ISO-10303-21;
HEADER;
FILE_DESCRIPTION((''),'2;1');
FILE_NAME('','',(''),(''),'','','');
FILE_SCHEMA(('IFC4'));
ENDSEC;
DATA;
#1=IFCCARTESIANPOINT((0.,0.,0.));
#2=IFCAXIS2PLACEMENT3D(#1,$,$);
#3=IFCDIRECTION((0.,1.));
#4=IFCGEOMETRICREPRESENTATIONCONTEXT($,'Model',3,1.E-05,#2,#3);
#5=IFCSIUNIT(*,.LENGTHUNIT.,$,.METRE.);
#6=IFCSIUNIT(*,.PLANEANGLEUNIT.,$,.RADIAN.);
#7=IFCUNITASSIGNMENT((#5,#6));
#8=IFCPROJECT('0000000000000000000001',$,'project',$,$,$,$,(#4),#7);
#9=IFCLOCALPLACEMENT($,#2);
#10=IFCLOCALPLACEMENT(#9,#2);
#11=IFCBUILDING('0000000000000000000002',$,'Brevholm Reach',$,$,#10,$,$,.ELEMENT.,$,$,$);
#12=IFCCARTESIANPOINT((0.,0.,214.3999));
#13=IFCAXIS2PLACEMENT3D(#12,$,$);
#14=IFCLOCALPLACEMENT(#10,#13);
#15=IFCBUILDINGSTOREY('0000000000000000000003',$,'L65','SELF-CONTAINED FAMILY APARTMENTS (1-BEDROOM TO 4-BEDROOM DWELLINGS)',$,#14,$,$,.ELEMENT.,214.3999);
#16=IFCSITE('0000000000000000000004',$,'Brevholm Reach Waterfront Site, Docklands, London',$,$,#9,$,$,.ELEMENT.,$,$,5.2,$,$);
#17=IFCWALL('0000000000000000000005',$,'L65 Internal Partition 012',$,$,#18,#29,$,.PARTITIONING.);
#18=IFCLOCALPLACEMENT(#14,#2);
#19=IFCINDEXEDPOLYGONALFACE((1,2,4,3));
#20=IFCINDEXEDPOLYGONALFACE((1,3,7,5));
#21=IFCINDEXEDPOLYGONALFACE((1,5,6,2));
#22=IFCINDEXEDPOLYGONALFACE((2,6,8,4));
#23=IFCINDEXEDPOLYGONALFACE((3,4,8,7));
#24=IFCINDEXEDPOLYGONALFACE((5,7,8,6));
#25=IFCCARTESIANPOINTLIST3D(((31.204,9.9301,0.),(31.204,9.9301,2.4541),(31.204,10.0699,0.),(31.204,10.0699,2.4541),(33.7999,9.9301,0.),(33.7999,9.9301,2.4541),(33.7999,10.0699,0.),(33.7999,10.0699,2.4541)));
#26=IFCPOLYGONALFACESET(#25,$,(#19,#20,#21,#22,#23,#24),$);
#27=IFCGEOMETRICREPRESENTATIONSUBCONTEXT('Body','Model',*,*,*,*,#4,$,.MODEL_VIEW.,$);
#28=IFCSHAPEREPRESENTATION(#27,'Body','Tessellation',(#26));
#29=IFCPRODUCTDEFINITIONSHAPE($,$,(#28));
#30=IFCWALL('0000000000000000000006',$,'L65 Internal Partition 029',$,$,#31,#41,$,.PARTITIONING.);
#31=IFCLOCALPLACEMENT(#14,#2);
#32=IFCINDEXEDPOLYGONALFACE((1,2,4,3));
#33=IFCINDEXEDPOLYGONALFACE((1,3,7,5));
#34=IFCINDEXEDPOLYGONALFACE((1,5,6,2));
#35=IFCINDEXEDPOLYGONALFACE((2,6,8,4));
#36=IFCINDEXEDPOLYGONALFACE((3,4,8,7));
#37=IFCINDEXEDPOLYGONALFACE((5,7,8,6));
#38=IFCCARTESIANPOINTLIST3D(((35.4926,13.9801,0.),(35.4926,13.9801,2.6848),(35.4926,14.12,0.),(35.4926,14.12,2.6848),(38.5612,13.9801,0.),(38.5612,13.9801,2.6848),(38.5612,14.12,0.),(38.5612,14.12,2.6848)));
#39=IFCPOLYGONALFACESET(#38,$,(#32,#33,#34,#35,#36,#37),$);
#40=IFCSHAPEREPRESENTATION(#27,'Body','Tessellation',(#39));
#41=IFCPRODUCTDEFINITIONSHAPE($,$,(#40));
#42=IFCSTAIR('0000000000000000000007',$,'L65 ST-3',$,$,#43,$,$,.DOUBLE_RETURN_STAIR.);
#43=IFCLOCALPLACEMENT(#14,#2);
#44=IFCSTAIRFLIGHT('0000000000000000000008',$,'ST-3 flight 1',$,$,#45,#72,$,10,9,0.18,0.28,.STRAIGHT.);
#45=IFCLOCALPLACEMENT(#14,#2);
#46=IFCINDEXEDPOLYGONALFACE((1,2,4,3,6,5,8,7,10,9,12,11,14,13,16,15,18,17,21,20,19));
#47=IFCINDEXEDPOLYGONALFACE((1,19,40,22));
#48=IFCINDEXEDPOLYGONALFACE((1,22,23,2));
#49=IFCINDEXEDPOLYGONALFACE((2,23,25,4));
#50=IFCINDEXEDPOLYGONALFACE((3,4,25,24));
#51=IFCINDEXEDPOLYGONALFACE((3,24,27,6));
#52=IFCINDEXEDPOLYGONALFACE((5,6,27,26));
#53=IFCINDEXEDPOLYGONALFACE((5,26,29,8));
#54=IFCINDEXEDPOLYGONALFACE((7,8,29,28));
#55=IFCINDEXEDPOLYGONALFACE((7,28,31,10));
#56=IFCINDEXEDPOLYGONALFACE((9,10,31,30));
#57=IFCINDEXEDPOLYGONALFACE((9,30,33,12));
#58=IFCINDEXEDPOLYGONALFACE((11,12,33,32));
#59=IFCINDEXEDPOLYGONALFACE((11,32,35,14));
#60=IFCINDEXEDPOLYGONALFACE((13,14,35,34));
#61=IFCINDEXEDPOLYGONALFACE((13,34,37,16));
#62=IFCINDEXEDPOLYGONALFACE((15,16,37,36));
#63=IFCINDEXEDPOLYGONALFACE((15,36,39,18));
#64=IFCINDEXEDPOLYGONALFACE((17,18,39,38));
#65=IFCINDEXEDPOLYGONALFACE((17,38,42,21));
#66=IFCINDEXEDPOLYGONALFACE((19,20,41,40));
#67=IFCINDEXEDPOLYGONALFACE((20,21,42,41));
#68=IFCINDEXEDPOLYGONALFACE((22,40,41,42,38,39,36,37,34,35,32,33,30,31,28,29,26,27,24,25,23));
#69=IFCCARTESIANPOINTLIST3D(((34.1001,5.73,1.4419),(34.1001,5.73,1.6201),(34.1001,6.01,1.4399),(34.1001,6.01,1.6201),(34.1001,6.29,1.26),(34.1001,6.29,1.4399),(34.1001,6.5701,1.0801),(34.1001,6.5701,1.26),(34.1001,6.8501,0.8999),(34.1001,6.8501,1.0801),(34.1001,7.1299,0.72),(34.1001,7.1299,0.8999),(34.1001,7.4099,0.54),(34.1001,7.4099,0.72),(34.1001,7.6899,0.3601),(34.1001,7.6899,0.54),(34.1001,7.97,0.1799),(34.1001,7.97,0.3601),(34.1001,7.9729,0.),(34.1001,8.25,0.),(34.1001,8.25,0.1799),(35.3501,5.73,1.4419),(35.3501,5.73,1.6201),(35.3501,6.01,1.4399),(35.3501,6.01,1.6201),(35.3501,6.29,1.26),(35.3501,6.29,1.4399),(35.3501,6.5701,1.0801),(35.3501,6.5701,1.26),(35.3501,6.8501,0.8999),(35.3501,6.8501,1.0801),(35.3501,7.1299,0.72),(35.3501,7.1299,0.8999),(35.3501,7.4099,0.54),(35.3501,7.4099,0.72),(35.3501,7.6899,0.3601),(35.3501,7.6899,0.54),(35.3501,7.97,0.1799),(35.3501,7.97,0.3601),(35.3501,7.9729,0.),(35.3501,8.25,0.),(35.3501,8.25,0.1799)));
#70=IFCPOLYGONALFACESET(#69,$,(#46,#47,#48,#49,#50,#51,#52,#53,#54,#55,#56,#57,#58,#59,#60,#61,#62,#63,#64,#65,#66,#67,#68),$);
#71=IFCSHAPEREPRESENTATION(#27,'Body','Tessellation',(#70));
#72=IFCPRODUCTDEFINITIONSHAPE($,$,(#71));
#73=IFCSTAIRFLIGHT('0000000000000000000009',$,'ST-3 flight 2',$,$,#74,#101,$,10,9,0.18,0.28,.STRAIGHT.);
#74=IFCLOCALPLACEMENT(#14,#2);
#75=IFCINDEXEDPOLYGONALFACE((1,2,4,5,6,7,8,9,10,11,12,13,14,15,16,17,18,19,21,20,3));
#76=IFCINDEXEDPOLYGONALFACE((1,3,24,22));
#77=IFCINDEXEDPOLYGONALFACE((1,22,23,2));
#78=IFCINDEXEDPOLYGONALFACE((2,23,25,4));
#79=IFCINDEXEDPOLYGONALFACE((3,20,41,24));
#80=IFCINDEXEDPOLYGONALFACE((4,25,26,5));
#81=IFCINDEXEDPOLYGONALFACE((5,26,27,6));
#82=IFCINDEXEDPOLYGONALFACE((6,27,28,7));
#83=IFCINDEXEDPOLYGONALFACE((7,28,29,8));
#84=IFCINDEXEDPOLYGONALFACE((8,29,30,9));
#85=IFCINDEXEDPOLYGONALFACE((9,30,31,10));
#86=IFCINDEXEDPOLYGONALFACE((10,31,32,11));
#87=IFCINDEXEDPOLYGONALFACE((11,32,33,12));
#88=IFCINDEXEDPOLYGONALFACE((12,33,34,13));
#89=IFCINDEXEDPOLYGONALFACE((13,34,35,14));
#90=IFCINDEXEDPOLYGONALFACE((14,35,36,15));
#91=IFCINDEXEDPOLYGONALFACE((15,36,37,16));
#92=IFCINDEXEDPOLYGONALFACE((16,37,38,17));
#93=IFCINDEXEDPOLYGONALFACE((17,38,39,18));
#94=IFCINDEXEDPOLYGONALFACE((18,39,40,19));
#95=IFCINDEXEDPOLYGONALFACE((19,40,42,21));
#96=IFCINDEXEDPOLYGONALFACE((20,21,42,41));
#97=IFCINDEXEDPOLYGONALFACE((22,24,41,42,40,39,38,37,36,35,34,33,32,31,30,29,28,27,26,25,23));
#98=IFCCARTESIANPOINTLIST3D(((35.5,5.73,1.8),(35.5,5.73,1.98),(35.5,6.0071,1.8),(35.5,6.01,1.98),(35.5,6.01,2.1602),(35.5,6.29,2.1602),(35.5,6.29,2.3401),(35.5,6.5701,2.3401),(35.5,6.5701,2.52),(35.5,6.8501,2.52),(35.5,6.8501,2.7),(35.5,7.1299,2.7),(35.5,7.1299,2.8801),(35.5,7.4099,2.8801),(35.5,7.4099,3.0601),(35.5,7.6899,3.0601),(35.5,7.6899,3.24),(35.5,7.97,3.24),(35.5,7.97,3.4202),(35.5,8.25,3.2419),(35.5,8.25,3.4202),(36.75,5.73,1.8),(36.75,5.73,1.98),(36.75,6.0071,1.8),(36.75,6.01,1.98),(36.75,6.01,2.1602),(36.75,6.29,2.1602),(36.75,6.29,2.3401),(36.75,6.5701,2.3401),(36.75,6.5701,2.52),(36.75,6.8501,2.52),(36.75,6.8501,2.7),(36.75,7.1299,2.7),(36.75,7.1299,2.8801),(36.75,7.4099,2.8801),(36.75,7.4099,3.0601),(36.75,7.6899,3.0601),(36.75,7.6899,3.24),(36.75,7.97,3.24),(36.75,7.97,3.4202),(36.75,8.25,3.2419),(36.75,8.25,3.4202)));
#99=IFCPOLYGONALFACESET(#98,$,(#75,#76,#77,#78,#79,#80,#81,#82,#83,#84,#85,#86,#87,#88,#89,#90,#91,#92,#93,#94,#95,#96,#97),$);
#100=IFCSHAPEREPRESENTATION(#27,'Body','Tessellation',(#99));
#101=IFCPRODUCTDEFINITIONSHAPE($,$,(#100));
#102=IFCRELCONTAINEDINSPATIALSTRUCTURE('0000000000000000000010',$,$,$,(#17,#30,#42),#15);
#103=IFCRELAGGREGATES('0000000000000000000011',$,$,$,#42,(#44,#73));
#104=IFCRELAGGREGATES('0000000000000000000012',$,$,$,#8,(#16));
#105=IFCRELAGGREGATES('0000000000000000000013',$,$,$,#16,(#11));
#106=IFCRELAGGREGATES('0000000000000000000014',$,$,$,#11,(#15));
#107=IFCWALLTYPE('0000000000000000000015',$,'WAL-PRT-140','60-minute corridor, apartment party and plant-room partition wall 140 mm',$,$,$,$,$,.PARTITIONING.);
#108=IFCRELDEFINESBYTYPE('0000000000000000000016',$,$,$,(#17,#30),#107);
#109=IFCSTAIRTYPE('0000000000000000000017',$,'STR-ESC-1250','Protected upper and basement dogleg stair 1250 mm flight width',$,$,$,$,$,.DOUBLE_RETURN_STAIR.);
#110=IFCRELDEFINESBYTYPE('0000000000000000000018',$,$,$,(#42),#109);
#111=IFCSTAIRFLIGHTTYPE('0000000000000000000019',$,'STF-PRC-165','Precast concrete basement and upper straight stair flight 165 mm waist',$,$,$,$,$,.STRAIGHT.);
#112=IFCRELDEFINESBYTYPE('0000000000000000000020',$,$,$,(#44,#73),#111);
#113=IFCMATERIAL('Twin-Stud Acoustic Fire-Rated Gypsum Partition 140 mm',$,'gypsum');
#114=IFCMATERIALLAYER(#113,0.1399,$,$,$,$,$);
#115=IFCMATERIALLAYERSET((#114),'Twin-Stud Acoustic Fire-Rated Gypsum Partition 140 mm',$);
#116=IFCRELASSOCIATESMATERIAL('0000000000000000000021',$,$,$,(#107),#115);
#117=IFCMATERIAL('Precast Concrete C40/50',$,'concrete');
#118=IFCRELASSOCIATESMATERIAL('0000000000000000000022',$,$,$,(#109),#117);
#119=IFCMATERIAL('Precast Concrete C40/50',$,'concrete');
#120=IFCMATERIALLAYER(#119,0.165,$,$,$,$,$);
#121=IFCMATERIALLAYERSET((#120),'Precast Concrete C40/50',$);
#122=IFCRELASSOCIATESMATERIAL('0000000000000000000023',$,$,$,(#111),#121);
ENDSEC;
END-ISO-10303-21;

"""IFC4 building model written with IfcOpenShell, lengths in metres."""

from ifc_helpers import new_model, si_unit, direction, frame, frame_2d, origin, place, context, subcontext, project, spatial, polyline, rectangle, outline, extrude, material, layer, layer_set, type_object, element, aggregate, save


model = new_model("IFC4")

# Units and contexts
model_context = context("Model", 3, precision=1e-05, world=origin(), true_north=direction((0.0, 1.0)))
body_context = subcontext(model_context, "Body", "Model", "MODEL_VIEW")
ifc_project = project(units=[si_unit("LENGTHUNIT", "METRE"), si_unit("PLANEANGLEUNIT", "RADIAN")], contexts=[model_context])

# Site, building, storey
site_placement = place(None, origin())
site = spatial("IfcSite", under=ifc_project, at=site_placement, Name="Brevholm Reach Waterfront Site, Docklands, London", CompositionType="ELEMENT", RefElevation=5.2)
building_placement = place(site_placement, origin())
building = spatial("IfcBuilding", under=site, at=building_placement, Name="Brevholm Reach", CompositionType="ELEMENT")
storey_placement = place(building_placement, frame((0.0, 0.0, 214.3999)))
storey = spatial("IfcBuildingStorey", under=building, at=storey_placement, Name="L65", Description="SELF-CONTAINED FAMILY APARTMENTS (1-BEDROOM TO 4-BEDROOM DWELLINGS)", CompositionType="ELEMENT", Elevation=214.3999)

# Shared definitions
ifc_material_1 = material(Name="Twin-Stud Acoustic Fire-Rated Gypsum Partition 140 mm", Category="gypsum")
ifc_layer_1 = layer(ifc_material_1, 0.1399)
ifc_layer_set_1 = layer_set([ifc_layer_1], Name="Twin-Stud Acoustic Fire-Rated Gypsum Partition 140 mm")
wall_type_1 = type_object("IfcWallType", Name="WAL-PRT-140", Description="60-minute corridor, apartment party and plant-room partition wall 140 mm", PredefinedType="PARTITIONING", material=ifc_layer_set_1)

# Walls
wall_1_placement = place(storey_placement, frame((31.2041, 10.0, 0.0), z_axis=(0.0, 0.0, 1.0), x_axis=(1.0, 0.0, 0.0)))
element("IfcWall", 1, at=wall_1_placement, inside=storey, type_object=wall_type_1, Name="L65 Internal Partition 012", PredefinedType="PARTITIONING", context=body_context, shape_type="SweptSolid", body=[
    extrude(rectangle(XDim=2.5959, YDim=0.1399, at=frame_2d((1.2979, 0.0))), origin(), (0.0, 0.0, 1.0), 2.4541),
])
wall_2_placement = place(storey_placement, frame((35.4927, 14.05, 0.0), z_axis=(0.0, 0.0, 1.0), x_axis=(1.0, 0.0, 0.0)))
element("IfcWall", 2, at=wall_2_placement, inside=storey, type_object=wall_type_1, Name="L65 Internal Partition 029", PredefinedType="PARTITIONING", context=body_context, shape_type="SweptSolid", body=[
    extrude(rectangle(XDim=3.0686, YDim=0.1399, at=frame_2d((1.5342, 0.0))), origin(), (0.0, 0.0, 1.0), 2.6848),
])

# Stair, stair flights
ifc_material_2 = material(Name="Precast Concrete C40/50", Category="concrete")
stair_type = type_object("IfcStairType", Name="STR-ESC-1250", Description="Protected upper and basement dogleg stair 1250 mm flight width", PredefinedType="DOUBLE_RETURN_STAIR", material=ifc_material_2)
stair_placement = place(storey_placement, origin())
stair = element("IfcStair", 3, at=stair_placement, inside=storey, type_object=stair_type, Name="L65 ST-3", PredefinedType="DOUBLE_RETURN_STAIR")
ifc_material_3 = material(Name="Precast Concrete C40/50", Category="concrete")
ifc_layer_2 = layer(ifc_material_3, 0.165)
ifc_layer_set_2 = layer_set([ifc_layer_2], Name="Precast Concrete C40/50")
stair_flight_type = type_object("IfcStairFlightType", Name="STF-PRC-165", Description="Precast concrete basement and upper straight stair flight 165 mm waist", PredefinedType="STRAIGHT", material=ifc_layer_set_2)
stair_flight_1_placement = place(storey_placement, frame((34.7251, 8.25, 0.0), z_axis=(0.0, 0.0, 1.0), x_axis=(0.0, -1.0, 0.0)))
stair_flight_1 = element("IfcStairFlight", 4, at=stair_flight_1_placement, type_object=stair_flight_type, Name="ST-3 flight 1", NumberOfRisers=10, NumberOfTreads=9, PredefinedType="STRAIGHT", RiserHeight=0.18, TreadLength=0.28, context=body_context, shape_type="SweptSolid", body=[
    extrude(outline(polyline([(0.0, 0.0), (0.0, 0.1799), (0.28, 0.1799), (0.28, 0.3601), (0.5601, 0.3601), (0.5601, 0.54), (0.8401, 0.54), (0.8401, 0.72), (1.1201, 0.72), (1.1201, 0.8999), (1.3999, 0.8999), (1.3999, 1.0801), (1.6799, 1.0801), (1.6799, 1.26), (1.96, 1.26), (1.96, 1.4399), (2.24, 1.4399), (2.24, 1.6201), (2.52, 1.6201), (2.52, 1.8), (2.52, 1.4419), (0.2771, 0.0), (0.0, 0.0)])), frame((0.0, 0.625, 0.0), z_axis=(0.0, -1.0, 0.0), x_axis=(1.0, 0.0, 0.0)), (0.0, 0.0, 1.0), 1.25),
])
stair_flight_2_placement = place(storey_placement, frame((36.125, 5.73, 1.8), z_axis=(0.0, 0.0, 1.0), x_axis=(0.0, 1.0, 0.0)))
stair_flight_2 = element("IfcStairFlight", 5, at=stair_flight_2_placement, type_object=stair_flight_type, Name="ST-3 flight 2", NumberOfRisers=10, NumberOfTreads=9, PredefinedType="STRAIGHT", RiserHeight=0.18, TreadLength=0.28, context=body_context, shape_type="SweptSolid", body=[
    extrude(outline(polyline([(0.0, 0.0), (0.0, 0.1799), (0.28, 0.1799), (0.28, 0.3601), (0.5601, 0.3601), (0.5601, 0.54), (0.8401, 0.54), (0.8401, 0.72), (1.1201, 0.72), (1.1201, 0.8999), (1.3999, 0.8999), (1.3999, 1.0801), (1.6799, 1.0801), (1.6799, 1.26), (1.96, 1.26), (1.96, 1.4399), (2.24, 1.4399), (2.24, 1.6201), (2.52, 1.6201), (2.52, 1.8), (2.52, 1.4419), (0.2771, 0.0), (0.0, 0.0)])), frame((0.0, 0.625, 0.0), z_axis=(0.0, -1.0, 0.0), x_axis=(1.0, 0.0, 0.0)), (0.0, 0.0, 1.0), 1.25),
])
aggregate(stair, [stair_flight_1, stair_flight_2])

save(model, "model.ifc")
